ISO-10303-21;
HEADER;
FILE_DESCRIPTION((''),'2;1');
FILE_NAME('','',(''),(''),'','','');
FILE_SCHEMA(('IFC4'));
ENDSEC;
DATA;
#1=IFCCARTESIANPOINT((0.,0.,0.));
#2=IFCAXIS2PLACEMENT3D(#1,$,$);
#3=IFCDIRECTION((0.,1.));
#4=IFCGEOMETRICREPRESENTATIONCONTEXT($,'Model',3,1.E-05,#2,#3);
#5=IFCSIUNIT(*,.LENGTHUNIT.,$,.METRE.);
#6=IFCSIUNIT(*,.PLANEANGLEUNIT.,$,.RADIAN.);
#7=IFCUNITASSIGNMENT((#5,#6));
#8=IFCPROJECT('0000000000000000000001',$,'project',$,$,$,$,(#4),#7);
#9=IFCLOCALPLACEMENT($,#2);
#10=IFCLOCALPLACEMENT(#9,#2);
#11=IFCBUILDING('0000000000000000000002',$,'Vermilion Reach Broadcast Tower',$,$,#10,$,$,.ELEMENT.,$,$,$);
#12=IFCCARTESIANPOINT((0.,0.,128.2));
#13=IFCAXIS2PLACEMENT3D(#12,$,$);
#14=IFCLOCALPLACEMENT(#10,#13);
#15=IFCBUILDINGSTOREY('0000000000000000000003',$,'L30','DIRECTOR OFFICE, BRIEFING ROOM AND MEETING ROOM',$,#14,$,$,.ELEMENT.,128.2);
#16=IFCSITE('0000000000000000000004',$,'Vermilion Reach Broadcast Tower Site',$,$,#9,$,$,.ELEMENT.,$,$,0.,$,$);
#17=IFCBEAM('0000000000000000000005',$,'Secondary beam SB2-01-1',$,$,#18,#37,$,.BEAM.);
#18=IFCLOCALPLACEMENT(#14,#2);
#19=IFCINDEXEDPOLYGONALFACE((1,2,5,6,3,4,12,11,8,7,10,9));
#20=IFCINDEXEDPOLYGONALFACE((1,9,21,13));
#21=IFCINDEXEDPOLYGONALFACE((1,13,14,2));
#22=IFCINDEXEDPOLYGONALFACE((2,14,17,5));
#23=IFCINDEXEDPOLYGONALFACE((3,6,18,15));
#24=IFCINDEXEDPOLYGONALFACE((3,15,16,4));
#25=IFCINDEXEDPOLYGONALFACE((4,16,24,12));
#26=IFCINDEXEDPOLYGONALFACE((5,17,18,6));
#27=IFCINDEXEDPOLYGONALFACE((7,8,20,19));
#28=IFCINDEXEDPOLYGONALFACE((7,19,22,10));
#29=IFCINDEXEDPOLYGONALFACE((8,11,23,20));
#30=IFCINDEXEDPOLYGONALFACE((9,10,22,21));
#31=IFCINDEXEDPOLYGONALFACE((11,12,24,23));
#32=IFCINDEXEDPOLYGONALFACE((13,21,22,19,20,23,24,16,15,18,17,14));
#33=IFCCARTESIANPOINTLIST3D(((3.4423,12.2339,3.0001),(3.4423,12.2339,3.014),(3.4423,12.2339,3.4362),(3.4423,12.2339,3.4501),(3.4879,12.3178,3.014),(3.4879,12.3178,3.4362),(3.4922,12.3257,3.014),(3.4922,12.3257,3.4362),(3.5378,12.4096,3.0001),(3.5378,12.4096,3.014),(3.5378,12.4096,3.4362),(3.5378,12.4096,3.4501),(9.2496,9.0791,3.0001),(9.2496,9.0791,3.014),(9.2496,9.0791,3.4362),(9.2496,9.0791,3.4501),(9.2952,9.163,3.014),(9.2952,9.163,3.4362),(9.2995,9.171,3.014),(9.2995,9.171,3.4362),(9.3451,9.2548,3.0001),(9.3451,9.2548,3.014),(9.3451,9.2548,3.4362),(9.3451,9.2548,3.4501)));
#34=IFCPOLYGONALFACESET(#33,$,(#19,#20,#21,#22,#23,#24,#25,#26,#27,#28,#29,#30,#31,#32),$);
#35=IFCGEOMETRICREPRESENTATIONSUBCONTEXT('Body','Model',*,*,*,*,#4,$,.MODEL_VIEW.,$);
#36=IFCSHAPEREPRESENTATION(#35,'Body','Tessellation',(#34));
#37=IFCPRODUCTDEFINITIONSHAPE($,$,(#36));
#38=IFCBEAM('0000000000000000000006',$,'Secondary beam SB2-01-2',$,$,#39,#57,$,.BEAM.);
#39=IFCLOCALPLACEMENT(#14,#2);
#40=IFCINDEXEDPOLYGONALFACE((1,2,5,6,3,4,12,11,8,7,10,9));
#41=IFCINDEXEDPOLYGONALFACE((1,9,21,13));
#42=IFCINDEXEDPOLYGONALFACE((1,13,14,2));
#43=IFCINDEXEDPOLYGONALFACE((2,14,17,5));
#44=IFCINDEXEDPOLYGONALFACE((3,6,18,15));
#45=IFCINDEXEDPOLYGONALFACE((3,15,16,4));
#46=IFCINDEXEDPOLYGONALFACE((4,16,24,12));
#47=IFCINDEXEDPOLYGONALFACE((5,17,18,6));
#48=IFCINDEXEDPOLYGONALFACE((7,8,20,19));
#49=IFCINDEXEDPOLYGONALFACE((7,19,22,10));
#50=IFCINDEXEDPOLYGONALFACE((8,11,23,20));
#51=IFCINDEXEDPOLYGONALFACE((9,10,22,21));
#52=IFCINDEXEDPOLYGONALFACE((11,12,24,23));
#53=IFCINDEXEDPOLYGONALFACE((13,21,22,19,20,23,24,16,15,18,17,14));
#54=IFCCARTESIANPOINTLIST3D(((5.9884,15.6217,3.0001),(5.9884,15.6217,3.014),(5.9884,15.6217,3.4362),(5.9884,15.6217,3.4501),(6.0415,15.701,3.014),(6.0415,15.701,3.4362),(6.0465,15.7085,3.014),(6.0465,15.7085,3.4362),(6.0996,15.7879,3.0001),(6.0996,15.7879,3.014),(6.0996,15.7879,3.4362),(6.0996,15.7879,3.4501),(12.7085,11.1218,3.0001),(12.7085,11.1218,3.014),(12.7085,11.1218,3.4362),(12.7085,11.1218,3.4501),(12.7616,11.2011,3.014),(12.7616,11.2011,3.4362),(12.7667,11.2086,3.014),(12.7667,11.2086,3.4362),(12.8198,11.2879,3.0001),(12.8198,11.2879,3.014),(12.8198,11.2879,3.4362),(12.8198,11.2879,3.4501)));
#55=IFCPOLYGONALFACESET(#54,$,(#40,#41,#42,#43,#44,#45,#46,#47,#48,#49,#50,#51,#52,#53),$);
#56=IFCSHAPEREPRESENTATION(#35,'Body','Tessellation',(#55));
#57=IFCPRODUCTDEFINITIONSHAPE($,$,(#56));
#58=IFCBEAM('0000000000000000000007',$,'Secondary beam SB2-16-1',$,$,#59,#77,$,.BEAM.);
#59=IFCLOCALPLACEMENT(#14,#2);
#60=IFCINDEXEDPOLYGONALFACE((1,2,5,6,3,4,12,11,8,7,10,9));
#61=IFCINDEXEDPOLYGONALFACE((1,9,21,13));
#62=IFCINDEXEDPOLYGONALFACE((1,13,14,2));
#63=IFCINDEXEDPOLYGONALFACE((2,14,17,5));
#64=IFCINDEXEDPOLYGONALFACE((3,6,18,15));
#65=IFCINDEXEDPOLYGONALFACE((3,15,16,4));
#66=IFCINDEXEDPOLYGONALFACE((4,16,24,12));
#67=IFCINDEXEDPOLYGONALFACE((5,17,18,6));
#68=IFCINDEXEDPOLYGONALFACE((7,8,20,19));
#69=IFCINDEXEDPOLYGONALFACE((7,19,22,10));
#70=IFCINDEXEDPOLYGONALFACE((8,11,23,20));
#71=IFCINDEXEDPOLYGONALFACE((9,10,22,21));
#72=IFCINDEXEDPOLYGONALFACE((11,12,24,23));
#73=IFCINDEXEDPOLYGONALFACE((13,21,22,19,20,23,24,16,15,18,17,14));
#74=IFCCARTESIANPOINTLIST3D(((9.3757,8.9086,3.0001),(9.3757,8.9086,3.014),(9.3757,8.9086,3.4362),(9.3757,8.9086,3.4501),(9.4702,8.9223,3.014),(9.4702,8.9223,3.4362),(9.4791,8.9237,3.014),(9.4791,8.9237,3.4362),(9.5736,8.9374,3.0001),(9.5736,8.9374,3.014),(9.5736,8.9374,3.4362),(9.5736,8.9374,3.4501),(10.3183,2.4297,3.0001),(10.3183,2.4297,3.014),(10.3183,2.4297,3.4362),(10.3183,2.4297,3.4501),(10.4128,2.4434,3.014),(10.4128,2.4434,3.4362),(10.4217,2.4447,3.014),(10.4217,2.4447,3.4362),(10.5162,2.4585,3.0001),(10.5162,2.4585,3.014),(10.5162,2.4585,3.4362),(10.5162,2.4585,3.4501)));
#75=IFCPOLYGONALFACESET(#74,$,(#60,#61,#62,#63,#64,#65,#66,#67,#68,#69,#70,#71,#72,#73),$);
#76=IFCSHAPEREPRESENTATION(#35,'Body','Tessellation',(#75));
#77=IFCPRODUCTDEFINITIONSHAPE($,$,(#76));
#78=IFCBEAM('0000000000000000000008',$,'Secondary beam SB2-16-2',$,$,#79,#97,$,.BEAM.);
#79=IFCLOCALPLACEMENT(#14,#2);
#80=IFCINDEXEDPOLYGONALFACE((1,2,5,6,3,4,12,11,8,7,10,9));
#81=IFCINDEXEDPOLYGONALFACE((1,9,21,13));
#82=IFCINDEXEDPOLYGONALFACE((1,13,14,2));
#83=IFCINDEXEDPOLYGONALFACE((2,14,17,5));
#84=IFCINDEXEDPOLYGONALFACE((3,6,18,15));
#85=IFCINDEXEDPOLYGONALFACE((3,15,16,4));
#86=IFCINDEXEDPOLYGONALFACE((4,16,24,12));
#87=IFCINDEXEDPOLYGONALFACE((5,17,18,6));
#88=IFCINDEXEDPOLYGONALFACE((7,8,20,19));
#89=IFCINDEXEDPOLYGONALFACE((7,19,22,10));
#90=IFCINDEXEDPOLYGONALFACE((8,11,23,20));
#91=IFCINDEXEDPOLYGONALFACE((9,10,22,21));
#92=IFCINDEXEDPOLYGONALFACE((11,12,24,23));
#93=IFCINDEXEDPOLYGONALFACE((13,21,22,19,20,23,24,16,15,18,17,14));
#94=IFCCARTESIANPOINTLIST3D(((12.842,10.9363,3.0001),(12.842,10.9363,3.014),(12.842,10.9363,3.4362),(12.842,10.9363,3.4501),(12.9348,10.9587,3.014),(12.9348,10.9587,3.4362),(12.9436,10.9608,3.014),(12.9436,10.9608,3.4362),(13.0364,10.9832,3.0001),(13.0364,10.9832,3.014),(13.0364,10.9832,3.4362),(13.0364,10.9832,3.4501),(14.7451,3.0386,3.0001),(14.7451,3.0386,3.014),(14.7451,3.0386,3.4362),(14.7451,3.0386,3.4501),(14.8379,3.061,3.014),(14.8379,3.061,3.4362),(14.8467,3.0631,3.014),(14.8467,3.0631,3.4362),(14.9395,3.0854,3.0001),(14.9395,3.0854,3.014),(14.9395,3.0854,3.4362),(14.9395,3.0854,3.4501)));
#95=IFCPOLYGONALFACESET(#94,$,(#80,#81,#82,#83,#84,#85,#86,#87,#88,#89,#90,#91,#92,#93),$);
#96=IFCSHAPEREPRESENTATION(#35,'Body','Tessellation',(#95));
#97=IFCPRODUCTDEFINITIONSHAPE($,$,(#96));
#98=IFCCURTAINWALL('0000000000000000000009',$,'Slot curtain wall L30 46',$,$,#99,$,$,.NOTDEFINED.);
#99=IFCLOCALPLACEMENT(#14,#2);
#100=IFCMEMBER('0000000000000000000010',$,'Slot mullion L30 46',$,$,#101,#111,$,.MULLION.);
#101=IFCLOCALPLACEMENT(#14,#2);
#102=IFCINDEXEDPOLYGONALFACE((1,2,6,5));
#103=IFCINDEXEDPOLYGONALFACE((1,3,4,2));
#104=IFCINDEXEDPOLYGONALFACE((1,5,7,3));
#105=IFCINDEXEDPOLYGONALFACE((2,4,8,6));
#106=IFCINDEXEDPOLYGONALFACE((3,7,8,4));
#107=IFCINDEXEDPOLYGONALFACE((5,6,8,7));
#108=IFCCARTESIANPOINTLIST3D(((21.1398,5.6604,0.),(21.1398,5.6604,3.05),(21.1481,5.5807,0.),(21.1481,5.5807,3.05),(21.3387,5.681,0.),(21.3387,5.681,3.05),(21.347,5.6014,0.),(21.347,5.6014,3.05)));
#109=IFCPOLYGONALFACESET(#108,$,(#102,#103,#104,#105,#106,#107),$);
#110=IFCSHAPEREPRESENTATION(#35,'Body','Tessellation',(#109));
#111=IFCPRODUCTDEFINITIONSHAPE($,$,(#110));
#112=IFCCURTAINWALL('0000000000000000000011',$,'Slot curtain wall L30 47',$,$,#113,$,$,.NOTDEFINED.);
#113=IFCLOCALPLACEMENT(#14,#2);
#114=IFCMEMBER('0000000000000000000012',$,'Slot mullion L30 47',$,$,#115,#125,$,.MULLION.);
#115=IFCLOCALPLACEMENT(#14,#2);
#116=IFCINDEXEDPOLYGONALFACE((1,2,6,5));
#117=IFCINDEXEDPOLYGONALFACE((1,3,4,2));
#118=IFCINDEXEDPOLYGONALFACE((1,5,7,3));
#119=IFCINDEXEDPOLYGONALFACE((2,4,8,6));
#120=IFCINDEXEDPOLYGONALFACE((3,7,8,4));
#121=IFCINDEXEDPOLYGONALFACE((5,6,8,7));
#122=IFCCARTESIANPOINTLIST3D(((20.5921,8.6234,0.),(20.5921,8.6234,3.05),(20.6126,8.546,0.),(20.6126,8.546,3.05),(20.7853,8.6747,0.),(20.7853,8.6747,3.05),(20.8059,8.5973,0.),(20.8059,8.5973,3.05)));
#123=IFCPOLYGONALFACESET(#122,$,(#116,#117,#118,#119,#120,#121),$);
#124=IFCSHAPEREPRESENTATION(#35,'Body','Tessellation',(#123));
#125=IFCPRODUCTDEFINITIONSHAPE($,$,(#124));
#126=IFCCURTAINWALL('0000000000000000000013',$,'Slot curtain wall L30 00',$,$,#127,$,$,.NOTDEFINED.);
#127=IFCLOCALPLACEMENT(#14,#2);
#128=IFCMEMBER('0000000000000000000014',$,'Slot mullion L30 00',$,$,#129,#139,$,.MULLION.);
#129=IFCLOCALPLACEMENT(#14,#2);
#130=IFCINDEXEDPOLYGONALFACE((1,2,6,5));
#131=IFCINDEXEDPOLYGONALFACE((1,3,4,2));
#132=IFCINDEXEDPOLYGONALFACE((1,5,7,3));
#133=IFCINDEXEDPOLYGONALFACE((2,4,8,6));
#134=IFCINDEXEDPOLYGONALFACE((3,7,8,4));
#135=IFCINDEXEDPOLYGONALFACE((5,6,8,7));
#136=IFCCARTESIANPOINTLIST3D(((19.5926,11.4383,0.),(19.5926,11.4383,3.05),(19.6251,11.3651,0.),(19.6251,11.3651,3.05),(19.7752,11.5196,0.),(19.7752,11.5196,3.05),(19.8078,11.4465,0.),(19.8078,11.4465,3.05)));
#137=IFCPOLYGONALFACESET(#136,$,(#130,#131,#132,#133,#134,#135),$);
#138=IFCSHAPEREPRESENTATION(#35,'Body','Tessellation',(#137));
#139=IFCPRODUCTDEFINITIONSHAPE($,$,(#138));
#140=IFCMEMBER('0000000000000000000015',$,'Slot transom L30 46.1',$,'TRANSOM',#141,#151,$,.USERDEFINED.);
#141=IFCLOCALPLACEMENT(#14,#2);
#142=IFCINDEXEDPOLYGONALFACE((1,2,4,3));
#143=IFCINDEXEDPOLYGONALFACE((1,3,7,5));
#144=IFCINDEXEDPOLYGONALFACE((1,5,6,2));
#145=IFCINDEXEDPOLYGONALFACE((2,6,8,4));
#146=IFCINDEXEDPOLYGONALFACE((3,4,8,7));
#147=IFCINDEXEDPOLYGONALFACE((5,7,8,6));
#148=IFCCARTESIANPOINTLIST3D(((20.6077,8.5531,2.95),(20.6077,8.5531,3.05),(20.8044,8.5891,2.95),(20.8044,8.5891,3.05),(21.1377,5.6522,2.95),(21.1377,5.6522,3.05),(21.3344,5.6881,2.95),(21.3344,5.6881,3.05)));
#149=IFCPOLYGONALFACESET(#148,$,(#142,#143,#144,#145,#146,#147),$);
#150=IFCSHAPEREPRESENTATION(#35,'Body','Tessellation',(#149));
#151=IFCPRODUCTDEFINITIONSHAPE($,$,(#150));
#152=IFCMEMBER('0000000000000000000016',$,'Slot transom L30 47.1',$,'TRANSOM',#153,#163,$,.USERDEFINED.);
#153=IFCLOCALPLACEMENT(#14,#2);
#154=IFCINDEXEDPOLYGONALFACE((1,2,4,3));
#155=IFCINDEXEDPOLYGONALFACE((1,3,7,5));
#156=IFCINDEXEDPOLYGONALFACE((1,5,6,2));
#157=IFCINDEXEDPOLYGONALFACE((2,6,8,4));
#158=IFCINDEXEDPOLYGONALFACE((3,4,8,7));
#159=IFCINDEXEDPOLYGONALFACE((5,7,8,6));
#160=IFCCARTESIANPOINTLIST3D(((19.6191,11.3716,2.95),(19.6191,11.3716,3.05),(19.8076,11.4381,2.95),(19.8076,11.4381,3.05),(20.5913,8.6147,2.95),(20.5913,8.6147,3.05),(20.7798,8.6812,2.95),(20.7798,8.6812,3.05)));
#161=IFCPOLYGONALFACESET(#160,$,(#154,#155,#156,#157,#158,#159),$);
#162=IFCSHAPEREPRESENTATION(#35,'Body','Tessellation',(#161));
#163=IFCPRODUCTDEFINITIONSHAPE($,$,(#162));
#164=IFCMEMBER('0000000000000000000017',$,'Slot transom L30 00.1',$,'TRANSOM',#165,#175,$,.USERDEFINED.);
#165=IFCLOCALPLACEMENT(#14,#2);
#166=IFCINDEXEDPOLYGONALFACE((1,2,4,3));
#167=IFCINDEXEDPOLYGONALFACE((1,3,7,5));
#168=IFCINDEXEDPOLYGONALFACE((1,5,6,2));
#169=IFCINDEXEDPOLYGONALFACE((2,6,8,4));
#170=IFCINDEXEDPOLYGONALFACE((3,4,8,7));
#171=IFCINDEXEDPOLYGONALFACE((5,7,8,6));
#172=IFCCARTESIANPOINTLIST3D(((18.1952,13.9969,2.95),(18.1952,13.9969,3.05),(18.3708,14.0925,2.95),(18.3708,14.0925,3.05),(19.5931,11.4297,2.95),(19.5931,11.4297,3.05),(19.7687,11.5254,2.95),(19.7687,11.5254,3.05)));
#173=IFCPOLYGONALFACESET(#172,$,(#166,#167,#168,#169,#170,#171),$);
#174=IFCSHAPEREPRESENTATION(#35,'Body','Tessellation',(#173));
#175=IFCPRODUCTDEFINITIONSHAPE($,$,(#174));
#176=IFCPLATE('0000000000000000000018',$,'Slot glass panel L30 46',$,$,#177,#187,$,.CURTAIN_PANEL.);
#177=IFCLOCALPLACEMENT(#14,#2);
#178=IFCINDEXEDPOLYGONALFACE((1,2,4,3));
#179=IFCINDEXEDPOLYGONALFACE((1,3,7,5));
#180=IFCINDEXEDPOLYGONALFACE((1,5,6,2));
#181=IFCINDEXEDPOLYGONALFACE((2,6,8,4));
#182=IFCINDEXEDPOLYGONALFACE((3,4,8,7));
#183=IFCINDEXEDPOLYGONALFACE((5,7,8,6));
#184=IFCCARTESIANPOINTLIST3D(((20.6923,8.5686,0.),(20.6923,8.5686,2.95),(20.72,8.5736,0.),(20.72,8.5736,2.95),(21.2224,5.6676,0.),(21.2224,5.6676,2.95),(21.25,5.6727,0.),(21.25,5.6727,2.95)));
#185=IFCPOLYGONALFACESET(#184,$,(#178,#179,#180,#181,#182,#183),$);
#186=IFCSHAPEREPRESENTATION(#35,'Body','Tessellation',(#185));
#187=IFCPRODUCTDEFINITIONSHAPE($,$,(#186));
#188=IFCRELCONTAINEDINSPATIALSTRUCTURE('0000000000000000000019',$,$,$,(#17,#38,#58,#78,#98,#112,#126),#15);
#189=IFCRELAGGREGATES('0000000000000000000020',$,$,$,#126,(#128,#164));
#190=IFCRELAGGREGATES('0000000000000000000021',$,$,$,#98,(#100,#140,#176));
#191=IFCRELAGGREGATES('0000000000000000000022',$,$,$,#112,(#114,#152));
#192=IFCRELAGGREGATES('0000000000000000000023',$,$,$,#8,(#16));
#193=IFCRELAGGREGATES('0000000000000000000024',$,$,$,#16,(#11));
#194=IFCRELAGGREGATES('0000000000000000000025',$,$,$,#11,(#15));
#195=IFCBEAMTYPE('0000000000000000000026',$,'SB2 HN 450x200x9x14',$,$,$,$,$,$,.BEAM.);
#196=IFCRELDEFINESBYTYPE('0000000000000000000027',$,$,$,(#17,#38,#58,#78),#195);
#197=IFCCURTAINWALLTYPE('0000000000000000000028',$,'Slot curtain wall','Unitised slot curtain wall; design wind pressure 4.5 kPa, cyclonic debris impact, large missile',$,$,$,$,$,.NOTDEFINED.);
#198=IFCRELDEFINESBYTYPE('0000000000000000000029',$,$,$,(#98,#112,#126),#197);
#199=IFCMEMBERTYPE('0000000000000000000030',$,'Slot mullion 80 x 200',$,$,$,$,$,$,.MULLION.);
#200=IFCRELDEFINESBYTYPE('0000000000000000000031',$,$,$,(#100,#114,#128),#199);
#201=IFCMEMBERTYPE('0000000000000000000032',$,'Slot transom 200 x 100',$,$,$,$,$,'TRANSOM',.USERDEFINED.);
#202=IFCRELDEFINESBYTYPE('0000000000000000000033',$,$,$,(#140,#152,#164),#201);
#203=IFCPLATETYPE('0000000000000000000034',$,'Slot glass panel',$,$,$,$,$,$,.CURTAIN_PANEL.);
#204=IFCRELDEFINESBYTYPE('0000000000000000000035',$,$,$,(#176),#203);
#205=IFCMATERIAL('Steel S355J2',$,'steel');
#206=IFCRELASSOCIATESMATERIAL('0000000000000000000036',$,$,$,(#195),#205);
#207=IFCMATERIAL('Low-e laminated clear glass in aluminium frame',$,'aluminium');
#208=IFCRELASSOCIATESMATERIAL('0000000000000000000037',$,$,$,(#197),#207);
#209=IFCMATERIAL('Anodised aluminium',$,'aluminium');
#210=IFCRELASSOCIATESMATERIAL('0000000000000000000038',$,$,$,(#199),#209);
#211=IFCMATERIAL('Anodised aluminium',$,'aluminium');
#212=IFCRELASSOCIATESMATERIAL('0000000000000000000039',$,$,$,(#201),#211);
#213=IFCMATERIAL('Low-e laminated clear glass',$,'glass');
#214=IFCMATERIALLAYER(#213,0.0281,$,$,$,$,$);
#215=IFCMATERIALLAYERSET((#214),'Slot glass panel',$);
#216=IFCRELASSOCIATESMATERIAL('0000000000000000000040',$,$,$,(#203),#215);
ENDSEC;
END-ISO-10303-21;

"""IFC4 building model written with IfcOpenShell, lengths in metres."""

from ifc_helpers import new_model, si_unit, direction, frame, origin, origin_2d, place, context, subcontext, project, spatial, rectangle, i_section, extrude, material, layer, layer_set, material_profile, profile_set, type_object, element, aggregate, save


model = new_model("IFC4")

# Units and contexts
model_context = context("Model", 3, precision=1e-05, world=origin(), true_north=direction((0.0, 1.0)))
body_context = subcontext(model_context, "Body", "Model", "MODEL_VIEW")
ifc_project = project(units=[si_unit("LENGTHUNIT", "METRE"), si_unit("PLANEANGLEUNIT", "RADIAN")], contexts=[model_context])

# Site, building, storey
site_placement = place(None, origin())
site = spatial("IfcSite", under=ifc_project, at=site_placement, Name="Vermilion Reach Broadcast Tower Site", CompositionType="ELEMENT", RefElevation=0.0)
building_placement = place(site_placement, origin())
building = spatial("IfcBuilding", under=site, at=building_placement, Name="Vermilion Reach Broadcast Tower", CompositionType="ELEMENT")
storey_placement = place(building_placement, frame((0.0, 0.0, 128.2)))
storey = spatial("IfcBuildingStorey", under=building, at=storey_placement, Name="L30", Description="DIRECTOR OFFICE, BRIEFING ROOM AND MEETING ROOM", CompositionType="ELEMENT", Elevation=128.2)

# Beams
ifc_material_1 = material(Name="Steel S355J2", Category="steel")
ifc_material_profile_1 = material_profile(ifc_material_1, i_section(OverallWidth=0.2, OverallDepth=0.45, WebThickness=0.009, FlangeThickness=0.0139, at=origin_2d()), Name="S355J2 HN 450x200x9x14")
ifc_profile_set_1 = profile_set([ifc_material_profile_1], Name="Steel S355J2")
beam_type_1 = type_object("IfcBeamType", Name="SB2 HN 450x200x9x14", PredefinedType="BEAM", material=ifc_profile_set_1)
beam_1_placement = place(storey_placement, frame((9.2974, 9.167, 3.2251), z_axis=(-0.878713, 0.47735, 0.0), x_axis=(-0.47735, -0.878713, 0.0)))
element("IfcBeam", 1, at=beam_1_placement, inside=storey, type_object=beam_type_1, Name="Secondary beam SB2-01-1", PredefinedType="BEAM", context=body_context, shape_type="SweptSolid", body=[
    extrude(i_section(OverallWidth=0.2, OverallDepth=0.45, WebThickness=0.009, FlangeThickness=0.0139, at=origin_2d()), origin(), (0.0, 0.0, 1.0), 6.6089),
])
beam_2_placement = place(storey_placement, frame((12.7642, 11.2048, 3.2251), z_axis=(-0.830915, 0.556399, 0.0), x_axis=(-0.556399, -0.830915, 0.0)))
element("IfcBeam", 2, at=beam_2_placement, inside=storey, type_object=beam_type_1, Name="Secondary beam SB2-01-2", PredefinedType="BEAM", context=body_context, shape_type="SweptSolid", body=[
    extrude(i_section(OverallWidth=0.2, OverallDepth=0.45, WebThickness=0.009, FlangeThickness=0.0139, at=origin_2d()), origin(), (0.0, 0.0, 1.0), 8.0876),
])
beam_3_placement = place(storey_placement, frame((10.4172, 2.4441, 3.2251), z_axis=(-0.143974, 0.989582, 0.0), x_axis=(-0.989582, -0.143974, 0.0)))
element("IfcBeam", 3, at=beam_3_placement, inside=storey, type_object=beam_type_1, Name="Secondary beam SB2-16-1", PredefinedType="BEAM", context=body_context, shape_type="SweptSolid", body=[
    extrude(i_section(OverallWidth=0.2, OverallDepth=0.45, WebThickness=0.009, FlangeThickness=0.0139, at=origin_2d()), origin(), (0.0, 0.0, 1.0), 6.5471),
])
beam_4_placement = place(storey_placement, frame((14.8423, 3.062, 3.2251), z_axis=(-0.234261, 0.972174, 0.0), x_axis=(-0.972174, -0.234261, 0.0)))
element("IfcBeam", 4, at=beam_4_placement, inside=storey, type_object=beam_type_1, Name="Secondary beam SB2-16-2", PredefinedType="BEAM", context=body_context, shape_type="SweptSolid", body=[
    extrude(i_section(OverallWidth=0.2, OverallDepth=0.45, WebThickness=0.009, FlangeThickness=0.0139, at=origin_2d()), origin(), (0.0, 0.0, 1.0), 8.1238),
])

# Curtain walls, members
ifc_material_2 = material(Name="Low-e laminated clear glass in aluminium frame", Category="aluminium")
curtain_wall_type = type_object("IfcCurtainWallType", Name="Slot curtain wall", Description="Unitised slot curtain wall; design wind pressure 4.5 kPa, cyclonic debris impact, large missile", PredefinedType="NOTDEFINED", material=ifc_material_2)
placement = place(storey_placement, origin())
curtain_wall_1 = element("IfcCurtainWall", 5, at=placement, inside=storey, type_object=curtain_wall_type, Name="Slot curtain wall L30 46", PredefinedType="NOTDEFINED")
ifc_material_3 = material(Name="Anodised aluminium", Category="aluminium")
ifc_material_profile_2 = material_profile(ifc_material_3, rectangle(XDim=0.2, YDim=0.0801, at=origin_2d()), Name="Slot mullion 80 x 200")
ifc_profile_set_2 = profile_set([ifc_material_profile_2], Name="Anodised aluminium")
member_type_1 = type_object("IfcMemberType", Name="Slot mullion 80 x 200", PredefinedType="MULLION", material=ifc_profile_set_2)
member_1_placement = place(storey_placement, frame((21.2434, 5.6309, 0.0), z_axis=(0.0, 0.0, 1.0), x_axis=(-0.994655, -0.103254, 0.0)))
member_1 = element("IfcMember", 6, at=member_1_placement, type_object=member_type_1, Name="Slot mullion L30 46", PredefinedType="MULLION", context=body_context, shape_type="SweptSolid", body=[
    extrude(rectangle(XDim=0.2, YDim=0.0801, at=origin_2d()), origin(), (0.0, 0.0, 1.0), 3.05),
])
curtain_wall_2 = element("IfcCurtainWall", 7, at=placement, inside=storey, type_object=curtain_wall_type, Name="Slot curtain wall L30 47", PredefinedType="NOTDEFINED")
member_2_placement = place(storey_placement, frame((20.699, 8.6104, 0.0), z_axis=(0.0, 0.0, 1.0), x_axis=(-0.966416, -0.256983, 0.0)))
member_2 = element("IfcMember", 8, at=member_2_placement, type_object=member_type_1, Name="Slot mullion L30 47", PredefinedType="MULLION", context=body_context, shape_type="SweptSolid", body=[
    extrude(rectangle(XDim=0.2, YDim=0.0801, at=origin_2d()), origin(), (0.0, 0.0, 1.0), 3.05),
])
curtain_wall_3 = element("IfcCurtainWall", 9, at=placement, inside=storey, type_object=curtain_wall_type, Name="Slot curtain wall L30 00", PredefinedType="NOTDEFINED")
member_3_placement = place(storey_placement, frame((19.7002, 11.4424, 0.0), z_axis=(0.0, 0.0, 1.0), x_axis=(-0.913545, -0.406737, 0.0)))
member_3 = element("IfcMember", 10, at=member_3_placement, type_object=member_type_1, Name="Slot mullion L30 00", PredefinedType="MULLION", context=body_context, shape_type="SweptSolid", body=[
    extrude(rectangle(XDim=0.2, YDim=0.0801, at=origin_2d()), origin(), (0.0, 0.0, 1.0), 3.05),
])

# Members
ifc_material_4 = material(Name="Anodised aluminium", Category="aluminium")
ifc_material_profile_3 = material_profile(ifc_material_4, rectangle(XDim=0.2, YDim=0.1001, at=origin_2d()), Name="Slot transom 200 x 100")
ifc_profile_set_3 = profile_set([ifc_material_profile_3], Name="Anodised aluminium")
member_type_2 = type_object("IfcMemberType", Name="Slot transom 200 x 100", ElementType="TRANSOM", PredefinedType="USERDEFINED", material=ifc_profile_set_3)
member_4_placement = place(storey_placement, frame((21.2361, 5.6702, 3.0), z_axis=(-0.179738, 0.983715, 0.0), x_axis=(-0.983715, -0.179738, 0.0)))
member_4 = element("IfcMember", 11, at=member_4_placement, type_object=member_type_2, Name="Slot transom L30 46.1", ObjectType="TRANSOM", PredefinedType="USERDEFINED", context=body_context, shape_type="SweptSolid", body=[
    extrude(rectangle(XDim=0.2, YDim=0.1001, at=origin_2d()), origin(), (0.0, 0.0, 1.0), 2.949),
])
member_5_placement = place(storey_placement, frame((20.6855, 8.6479, 3.0), z_axis=(-0.332567, 0.94308, 0.0), x_axis=(-0.94308, -0.332567, 0.0)))
member_5 = element("IfcMember", 12, at=member_5_placement, type_object=member_type_2, Name="Slot transom L30 47.1", ObjectType="TRANSOM", PredefinedType="USERDEFINED", context=body_context, shape_type="SweptSolid", body=[
    extrude(rectangle(XDim=0.2, YDim=0.1001, at=origin_2d()), origin(), (0.0, 0.0, 1.0), 2.9233),
])
member_6_placement = place(storey_placement, frame((19.6809, 11.4775, 3.0), z_axis=(-0.478243, 0.878227, 0.0), x_axis=(-0.878227, -0.478243, 0.0)))
member_6 = element("IfcMember", 13, at=member_6_placement, type_object=member_type_2, Name="Slot transom L30 00.1", ObjectType="TRANSOM", PredefinedType="USERDEFINED", context=body_context, shape_type="SweptSolid", body=[
    extrude(rectangle(XDim=0.2, YDim=0.1001, at=origin_2d()), origin(), (0.0, 0.0, 1.0), 2.9231),
])
aggregate(curtain_wall_3, [member_3, member_6])

# Plate
ifc_material_5 = material(Name="Low-e laminated clear glass", Category="glass")
ifc_layer_1 = layer(ifc_material_5, 0.0281)
ifc_layer_set_1 = layer_set([ifc_layer_1], Name="Slot glass panel")
plate_type = type_object("IfcPlateType", Name="Slot glass panel", PredefinedType="CURTAIN_PANEL", material=ifc_layer_set_1)
plate_1_placement = place(storey_placement, frame((20.9712, 7.1206, 0.0), z_axis=(0.0, 0.0, 1.0), x_axis=(-0.179755, 0.983711, 0.0)))
plate_1 = element("IfcPlate", 14, at=plate_1_placement, type_object=plate_type, Name="Slot glass panel L30 46", PredefinedType="CURTAIN_PANEL", context=body_context, shape_type="SweptSolid", body=[
    extrude(rectangle(XDim=2.949, YDim=0.0281, at=origin_2d()), origin(), (0.0, 0.0, 1.0), 2.95),
])
aggregate(curtain_wall_1, [member_1, member_4, plate_1])
aggregate(curtain_wall_2, [member_2, member_5])

save(model, "model.ifc")
